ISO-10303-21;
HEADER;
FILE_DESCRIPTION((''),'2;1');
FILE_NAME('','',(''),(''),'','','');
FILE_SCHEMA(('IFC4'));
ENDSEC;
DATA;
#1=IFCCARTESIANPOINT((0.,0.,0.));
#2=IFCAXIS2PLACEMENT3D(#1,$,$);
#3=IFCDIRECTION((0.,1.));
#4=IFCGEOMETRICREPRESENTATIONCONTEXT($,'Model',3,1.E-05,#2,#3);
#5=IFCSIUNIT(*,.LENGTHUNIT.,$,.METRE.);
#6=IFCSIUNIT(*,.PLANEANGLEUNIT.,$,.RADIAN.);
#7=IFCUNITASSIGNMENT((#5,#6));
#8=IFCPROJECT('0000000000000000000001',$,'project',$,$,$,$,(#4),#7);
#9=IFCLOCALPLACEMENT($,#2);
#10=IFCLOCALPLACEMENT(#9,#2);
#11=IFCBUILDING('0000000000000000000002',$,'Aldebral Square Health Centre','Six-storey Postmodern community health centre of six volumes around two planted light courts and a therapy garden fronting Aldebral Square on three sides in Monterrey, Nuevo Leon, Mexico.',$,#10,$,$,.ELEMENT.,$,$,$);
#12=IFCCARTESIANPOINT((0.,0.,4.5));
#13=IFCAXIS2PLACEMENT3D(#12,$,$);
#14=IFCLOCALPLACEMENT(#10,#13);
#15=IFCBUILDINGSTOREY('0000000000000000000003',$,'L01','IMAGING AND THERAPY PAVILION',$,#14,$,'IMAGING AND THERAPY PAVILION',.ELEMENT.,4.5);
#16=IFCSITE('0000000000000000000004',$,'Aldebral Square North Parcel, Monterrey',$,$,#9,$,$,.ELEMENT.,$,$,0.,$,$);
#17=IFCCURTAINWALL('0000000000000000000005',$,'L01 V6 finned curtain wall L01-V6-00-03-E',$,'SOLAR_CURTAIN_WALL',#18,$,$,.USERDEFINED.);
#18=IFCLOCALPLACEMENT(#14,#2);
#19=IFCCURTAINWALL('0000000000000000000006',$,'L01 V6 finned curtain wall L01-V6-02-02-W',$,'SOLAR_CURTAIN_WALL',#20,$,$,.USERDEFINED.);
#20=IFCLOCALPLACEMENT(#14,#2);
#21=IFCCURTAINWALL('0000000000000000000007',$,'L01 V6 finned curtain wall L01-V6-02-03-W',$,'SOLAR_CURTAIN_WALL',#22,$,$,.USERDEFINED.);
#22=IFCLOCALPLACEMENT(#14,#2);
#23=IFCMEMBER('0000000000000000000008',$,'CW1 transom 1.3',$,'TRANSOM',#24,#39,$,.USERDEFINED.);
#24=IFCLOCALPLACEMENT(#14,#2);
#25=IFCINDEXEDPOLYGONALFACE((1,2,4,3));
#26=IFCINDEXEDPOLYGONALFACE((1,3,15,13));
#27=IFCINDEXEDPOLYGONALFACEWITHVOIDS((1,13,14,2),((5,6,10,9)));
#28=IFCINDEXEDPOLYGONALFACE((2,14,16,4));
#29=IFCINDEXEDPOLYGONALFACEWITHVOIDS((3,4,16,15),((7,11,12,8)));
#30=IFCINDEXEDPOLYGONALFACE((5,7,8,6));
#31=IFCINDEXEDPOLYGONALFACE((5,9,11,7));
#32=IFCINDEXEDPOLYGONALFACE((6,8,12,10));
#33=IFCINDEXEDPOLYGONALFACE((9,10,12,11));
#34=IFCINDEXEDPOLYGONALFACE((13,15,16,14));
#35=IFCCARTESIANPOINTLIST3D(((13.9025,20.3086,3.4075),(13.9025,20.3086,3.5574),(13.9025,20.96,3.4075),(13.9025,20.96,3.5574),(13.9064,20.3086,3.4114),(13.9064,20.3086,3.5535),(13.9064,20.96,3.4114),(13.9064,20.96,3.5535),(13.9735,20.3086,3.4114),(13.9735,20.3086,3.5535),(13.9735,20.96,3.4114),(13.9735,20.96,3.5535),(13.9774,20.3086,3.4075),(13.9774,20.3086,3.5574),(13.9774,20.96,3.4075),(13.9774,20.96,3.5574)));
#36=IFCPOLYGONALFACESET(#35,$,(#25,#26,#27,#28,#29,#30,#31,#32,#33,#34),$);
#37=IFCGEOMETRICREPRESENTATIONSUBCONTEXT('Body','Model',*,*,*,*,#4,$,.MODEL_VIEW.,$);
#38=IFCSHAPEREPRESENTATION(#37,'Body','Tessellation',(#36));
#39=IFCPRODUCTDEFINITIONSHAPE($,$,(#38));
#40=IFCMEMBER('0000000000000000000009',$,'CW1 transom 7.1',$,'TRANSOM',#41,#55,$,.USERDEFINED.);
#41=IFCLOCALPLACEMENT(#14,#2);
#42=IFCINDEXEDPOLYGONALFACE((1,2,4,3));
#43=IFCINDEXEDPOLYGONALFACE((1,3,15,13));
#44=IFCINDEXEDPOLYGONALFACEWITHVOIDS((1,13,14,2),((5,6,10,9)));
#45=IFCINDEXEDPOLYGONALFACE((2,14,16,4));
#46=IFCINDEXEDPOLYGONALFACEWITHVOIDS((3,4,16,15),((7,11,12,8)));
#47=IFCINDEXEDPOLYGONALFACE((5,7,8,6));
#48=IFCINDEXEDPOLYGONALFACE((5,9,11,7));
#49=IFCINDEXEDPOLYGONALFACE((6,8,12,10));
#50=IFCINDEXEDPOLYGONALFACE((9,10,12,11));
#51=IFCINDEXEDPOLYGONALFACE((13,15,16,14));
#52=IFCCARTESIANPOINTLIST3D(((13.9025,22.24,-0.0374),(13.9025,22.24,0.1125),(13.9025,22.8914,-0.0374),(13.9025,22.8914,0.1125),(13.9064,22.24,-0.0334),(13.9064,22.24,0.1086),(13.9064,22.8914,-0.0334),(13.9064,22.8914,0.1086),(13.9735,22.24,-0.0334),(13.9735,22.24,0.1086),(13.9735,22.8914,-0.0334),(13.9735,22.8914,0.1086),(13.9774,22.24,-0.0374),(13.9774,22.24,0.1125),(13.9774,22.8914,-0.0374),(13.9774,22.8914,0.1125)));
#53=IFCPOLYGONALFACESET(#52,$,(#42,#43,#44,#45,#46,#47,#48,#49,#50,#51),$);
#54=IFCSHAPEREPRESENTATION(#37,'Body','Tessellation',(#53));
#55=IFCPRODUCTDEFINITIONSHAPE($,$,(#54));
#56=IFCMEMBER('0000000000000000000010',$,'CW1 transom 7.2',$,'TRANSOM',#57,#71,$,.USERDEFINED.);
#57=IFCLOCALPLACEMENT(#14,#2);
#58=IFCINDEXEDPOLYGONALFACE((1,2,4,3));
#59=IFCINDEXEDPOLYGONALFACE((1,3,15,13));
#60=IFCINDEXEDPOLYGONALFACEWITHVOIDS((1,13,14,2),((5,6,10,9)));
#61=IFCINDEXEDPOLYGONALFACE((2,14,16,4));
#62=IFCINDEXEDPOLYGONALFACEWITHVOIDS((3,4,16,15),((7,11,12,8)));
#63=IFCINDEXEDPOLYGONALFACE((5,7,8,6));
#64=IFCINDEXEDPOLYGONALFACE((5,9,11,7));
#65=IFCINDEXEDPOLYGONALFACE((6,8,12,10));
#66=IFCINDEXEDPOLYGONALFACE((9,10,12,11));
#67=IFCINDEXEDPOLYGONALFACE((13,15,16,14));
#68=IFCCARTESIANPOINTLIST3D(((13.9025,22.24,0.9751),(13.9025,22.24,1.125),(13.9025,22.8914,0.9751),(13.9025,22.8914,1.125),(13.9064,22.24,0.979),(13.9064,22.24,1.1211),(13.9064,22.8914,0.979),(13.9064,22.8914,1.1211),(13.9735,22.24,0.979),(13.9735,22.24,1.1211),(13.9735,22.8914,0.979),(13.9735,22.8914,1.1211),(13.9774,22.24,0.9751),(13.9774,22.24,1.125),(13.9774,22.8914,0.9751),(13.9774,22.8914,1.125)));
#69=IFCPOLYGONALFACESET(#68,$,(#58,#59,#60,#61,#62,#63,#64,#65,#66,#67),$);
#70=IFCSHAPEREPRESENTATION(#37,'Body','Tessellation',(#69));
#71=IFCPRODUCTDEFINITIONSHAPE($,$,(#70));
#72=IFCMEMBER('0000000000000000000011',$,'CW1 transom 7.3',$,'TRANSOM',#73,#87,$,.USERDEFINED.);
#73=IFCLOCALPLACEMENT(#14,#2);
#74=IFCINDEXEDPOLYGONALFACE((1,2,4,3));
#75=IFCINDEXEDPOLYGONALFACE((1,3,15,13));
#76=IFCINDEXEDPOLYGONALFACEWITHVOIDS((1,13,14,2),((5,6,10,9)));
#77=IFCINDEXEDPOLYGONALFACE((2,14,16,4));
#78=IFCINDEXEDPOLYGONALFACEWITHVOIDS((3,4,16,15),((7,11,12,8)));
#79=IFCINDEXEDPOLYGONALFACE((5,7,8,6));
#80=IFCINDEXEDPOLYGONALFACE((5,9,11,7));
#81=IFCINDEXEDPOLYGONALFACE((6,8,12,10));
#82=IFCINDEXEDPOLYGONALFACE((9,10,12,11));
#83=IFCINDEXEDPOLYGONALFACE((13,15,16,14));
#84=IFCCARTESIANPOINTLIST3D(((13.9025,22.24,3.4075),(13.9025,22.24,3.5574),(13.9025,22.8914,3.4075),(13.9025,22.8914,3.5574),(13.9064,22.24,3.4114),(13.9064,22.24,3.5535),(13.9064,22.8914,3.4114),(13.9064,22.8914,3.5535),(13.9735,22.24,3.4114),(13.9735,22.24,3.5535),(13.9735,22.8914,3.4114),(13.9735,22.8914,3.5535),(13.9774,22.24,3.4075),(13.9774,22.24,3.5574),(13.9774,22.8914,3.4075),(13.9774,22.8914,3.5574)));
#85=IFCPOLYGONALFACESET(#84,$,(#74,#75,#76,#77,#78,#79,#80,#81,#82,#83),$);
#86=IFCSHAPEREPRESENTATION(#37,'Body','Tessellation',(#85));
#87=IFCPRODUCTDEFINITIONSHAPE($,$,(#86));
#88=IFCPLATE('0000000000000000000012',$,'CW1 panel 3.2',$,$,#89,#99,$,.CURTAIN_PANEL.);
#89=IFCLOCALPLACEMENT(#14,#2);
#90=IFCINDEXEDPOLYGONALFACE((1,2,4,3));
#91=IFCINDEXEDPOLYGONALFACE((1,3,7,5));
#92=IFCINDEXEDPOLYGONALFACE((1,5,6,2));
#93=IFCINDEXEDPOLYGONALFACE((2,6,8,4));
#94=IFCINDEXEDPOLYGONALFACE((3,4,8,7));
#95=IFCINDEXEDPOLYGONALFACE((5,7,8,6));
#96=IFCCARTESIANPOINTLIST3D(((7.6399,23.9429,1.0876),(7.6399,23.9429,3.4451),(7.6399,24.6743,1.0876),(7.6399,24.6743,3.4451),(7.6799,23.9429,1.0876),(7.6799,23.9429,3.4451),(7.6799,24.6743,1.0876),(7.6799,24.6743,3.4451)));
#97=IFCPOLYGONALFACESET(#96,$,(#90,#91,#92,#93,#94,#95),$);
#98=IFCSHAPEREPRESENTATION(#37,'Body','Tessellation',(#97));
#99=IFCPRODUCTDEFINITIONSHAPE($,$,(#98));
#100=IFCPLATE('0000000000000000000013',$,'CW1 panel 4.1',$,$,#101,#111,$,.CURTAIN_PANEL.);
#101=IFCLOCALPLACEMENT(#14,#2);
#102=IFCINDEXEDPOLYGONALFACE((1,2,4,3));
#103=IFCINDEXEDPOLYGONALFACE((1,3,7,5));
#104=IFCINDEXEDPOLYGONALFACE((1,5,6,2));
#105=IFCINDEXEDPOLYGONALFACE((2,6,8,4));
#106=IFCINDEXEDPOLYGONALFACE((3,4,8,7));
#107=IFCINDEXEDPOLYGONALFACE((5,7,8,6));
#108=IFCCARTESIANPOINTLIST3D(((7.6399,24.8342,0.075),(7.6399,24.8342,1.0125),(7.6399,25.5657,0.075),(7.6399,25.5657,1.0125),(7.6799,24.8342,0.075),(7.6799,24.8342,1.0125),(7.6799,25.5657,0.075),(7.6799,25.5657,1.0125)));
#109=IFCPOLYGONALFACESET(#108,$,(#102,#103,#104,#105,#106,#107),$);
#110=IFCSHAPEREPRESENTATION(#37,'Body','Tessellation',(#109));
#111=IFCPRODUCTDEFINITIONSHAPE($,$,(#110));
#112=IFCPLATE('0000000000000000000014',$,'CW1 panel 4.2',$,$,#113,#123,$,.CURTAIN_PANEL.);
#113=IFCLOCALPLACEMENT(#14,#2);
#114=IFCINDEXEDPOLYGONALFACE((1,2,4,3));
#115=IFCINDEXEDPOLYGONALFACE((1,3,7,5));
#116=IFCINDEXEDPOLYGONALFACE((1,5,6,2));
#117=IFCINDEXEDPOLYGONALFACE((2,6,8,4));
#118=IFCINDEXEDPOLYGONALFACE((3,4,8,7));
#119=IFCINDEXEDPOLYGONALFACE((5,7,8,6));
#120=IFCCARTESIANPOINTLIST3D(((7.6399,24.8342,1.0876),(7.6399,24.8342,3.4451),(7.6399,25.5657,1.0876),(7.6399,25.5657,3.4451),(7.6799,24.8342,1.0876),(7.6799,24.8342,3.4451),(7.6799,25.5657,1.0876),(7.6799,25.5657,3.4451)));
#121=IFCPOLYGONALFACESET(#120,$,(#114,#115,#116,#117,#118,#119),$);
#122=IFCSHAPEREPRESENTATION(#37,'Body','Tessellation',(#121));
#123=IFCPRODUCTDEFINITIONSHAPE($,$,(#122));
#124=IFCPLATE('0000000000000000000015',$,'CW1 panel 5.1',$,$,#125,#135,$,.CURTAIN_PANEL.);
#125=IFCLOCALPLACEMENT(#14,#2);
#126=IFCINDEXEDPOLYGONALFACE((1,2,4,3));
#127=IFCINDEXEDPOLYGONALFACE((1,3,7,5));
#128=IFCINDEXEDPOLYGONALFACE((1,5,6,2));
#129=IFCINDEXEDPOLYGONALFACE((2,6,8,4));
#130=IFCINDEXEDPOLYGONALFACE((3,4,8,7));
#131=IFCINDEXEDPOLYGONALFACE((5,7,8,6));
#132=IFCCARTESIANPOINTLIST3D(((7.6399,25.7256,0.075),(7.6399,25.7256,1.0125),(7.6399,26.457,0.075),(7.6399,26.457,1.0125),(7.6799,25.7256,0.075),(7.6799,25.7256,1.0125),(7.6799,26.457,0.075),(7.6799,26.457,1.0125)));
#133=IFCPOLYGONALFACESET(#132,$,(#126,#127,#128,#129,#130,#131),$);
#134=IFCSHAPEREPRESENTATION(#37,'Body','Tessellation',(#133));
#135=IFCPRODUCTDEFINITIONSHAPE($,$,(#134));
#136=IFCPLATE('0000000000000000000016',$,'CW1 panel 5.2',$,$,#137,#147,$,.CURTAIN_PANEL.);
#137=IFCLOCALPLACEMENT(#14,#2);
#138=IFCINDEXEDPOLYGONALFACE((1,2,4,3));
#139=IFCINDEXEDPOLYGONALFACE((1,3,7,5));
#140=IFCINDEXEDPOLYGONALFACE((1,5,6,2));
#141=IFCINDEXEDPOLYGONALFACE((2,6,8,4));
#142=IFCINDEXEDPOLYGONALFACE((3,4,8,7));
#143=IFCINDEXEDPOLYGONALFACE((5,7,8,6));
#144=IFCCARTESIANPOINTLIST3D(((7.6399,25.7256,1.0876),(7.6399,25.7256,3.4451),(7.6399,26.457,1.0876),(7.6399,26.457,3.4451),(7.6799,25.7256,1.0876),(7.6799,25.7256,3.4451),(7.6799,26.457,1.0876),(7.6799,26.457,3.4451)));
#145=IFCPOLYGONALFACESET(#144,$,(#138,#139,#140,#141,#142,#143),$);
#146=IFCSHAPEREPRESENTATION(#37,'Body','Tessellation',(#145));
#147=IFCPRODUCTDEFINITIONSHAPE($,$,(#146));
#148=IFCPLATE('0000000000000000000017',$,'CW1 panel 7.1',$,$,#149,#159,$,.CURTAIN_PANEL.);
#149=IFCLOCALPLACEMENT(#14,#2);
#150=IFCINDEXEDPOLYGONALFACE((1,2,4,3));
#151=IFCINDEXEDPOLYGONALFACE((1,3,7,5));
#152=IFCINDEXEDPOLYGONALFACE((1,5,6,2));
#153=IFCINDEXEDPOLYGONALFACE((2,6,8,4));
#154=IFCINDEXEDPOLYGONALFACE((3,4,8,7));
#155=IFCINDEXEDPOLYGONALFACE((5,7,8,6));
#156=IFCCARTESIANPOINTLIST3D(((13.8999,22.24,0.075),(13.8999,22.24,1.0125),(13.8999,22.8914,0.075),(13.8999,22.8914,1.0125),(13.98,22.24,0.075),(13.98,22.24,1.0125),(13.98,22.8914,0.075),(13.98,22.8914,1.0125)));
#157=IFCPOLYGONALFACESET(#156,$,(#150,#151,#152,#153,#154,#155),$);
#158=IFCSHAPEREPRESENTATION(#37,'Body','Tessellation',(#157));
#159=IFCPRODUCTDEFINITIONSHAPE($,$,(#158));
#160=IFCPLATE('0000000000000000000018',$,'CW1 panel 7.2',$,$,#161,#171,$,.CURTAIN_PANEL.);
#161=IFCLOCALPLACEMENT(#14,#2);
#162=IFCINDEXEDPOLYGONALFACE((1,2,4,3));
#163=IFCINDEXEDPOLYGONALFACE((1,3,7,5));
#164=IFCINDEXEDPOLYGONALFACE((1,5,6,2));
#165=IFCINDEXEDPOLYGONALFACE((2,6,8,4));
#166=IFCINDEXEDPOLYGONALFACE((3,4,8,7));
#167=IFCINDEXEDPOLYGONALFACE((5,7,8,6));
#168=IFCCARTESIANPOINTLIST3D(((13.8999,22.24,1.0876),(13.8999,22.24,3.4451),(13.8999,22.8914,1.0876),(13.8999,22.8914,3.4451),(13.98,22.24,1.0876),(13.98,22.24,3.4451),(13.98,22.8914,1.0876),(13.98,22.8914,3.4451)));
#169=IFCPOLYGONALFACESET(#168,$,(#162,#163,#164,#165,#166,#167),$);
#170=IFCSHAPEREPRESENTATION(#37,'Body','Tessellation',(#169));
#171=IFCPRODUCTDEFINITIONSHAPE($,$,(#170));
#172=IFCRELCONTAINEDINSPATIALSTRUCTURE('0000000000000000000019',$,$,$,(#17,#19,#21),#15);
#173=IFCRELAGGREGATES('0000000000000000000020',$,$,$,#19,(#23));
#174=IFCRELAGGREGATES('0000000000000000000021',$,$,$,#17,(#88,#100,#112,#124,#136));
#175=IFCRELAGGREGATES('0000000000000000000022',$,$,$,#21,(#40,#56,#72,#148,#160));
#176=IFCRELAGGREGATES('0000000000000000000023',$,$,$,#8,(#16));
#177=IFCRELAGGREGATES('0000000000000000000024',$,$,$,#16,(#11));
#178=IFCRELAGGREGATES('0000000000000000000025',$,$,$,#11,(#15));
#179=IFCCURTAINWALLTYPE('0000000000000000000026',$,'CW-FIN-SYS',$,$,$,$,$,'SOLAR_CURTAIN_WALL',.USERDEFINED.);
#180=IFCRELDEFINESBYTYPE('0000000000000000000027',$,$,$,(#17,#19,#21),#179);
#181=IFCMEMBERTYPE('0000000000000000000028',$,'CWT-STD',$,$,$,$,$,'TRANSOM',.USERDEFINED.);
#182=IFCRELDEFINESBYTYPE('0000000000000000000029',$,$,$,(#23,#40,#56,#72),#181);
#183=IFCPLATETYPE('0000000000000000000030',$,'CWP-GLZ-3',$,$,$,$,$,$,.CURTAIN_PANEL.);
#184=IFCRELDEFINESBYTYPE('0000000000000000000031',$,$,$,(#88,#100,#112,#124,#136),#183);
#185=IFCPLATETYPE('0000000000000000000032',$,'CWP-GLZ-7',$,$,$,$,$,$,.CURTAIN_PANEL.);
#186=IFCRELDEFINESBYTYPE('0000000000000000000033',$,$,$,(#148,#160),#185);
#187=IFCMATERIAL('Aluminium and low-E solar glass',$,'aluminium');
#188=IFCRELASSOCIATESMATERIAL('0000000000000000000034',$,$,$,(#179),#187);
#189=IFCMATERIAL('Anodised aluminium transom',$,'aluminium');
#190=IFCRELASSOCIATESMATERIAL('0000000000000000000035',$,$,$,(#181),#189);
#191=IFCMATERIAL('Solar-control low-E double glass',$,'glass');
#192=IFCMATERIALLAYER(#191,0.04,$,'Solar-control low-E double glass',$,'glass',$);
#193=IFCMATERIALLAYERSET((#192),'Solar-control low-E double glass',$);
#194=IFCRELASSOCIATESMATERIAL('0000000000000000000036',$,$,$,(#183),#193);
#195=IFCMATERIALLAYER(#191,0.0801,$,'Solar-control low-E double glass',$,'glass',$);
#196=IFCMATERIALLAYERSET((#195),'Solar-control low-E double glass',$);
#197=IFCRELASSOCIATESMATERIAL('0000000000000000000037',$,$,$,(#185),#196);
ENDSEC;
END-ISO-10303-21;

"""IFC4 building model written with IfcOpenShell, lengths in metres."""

from ifc_helpers import new_model, si_unit, direction, frame, origin, origin_2d, place, context, subcontext, project, spatial, rectangle, hollow_rectangle, extrude, material, layer, layer_set, material_profile, profile_set, type_object, element, aggregate, save


model = new_model("IFC4")

# Units and contexts
model_context = context("Model", 3, precision=1e-05, world=origin(), true_north=direction((0.0, 1.0)))
body_context = subcontext(model_context, "Body", "Model", "MODEL_VIEW")
ifc_project = project(units=[si_unit("LENGTHUNIT", "METRE"), si_unit("PLANEANGLEUNIT", "RADIAN")], contexts=[model_context])

# Site, building, storey
site_placement = place(None, origin())
site = spatial("IfcSite", under=ifc_project, at=site_placement, Name="Aldebral Square North Parcel, Monterrey", CompositionType="ELEMENT", RefElevation=0.0)
building_placement = place(site_placement, origin())
building = spatial("IfcBuilding", under=site, at=building_placement, Name="Aldebral Square Health Centre", Description="Six-storey Postmodern community health centre of six volumes around two planted light courts and a therapy garden fronting Aldebral Square on three sides in Monterrey, Nuevo Leon, Mexico.", CompositionType="ELEMENT")
storey_placement = place(building_placement, frame((0.0, 0.0, 4.5)))
storey = spatial("IfcBuildingStorey", under=building, at=storey_placement, Name="L01", Description="IMAGING AND THERAPY PAVILION", LongName="IMAGING AND THERAPY PAVILION", CompositionType="ELEMENT", Elevation=4.5)

# Curtain wall
ifc_material_1 = material(Name="Aluminium and low-E solar glass", Category="aluminium")
curtain_wall_type = type_object("IfcCurtainWallType", Name="CW-FIN-SYS", ElementType="SOLAR_CURTAIN_WALL", PredefinedType="USERDEFINED", material=ifc_material_1)
curtain_wall_1_placement = place(storey_placement, origin())
curtain_wall_1 = element("IfcCurtainWall", 1, at=curtain_wall_1_placement, inside=storey, type_object=curtain_wall_type, Name="L01 V6 finned curtain wall L01-V6-00-03-E", ObjectType="SOLAR_CURTAIN_WALL", PredefinedType="USERDEFINED")

# Curtain wall
curtain_wall_2_placement = place(storey_placement, origin())
curtain_wall_2 = element("IfcCurtainWall", 2, at=curtain_wall_2_placement, inside=storey, type_object=curtain_wall_type, Name="L01 V6 finned curtain wall L01-V6-02-02-W", ObjectType="SOLAR_CURTAIN_WALL", PredefinedType="USERDEFINED")

# Curtain wall
curtain_wall_3_placement = place(storey_placement, origin())
curtain_wall_3 = element("IfcCurtainWall", 3, at=curtain_wall_3_placement, inside=storey, type_object=curtain_wall_type, Name="L01 V6 finned curtain wall L01-V6-02-03-W", ObjectType="SOLAR_CURTAIN_WALL", PredefinedType="USERDEFINED")

# Members
ifc_material_2 = material(Name="Anodised aluminium transom", Category="aluminium")
ifc_material_profile_1 = material_profile(ifc_material_2, hollow_rectangle(XDim=0.075, YDim=0.1499, WallThickness=0.0039, at=origin_2d()), Name="CWT 75x150x4")
ifc_profile_set_1 = profile_set([ifc_material_profile_1], Name="Anodised aluminium transom")
member_type_1 = type_object("IfcMemberType", Name="CWT-STD", ElementType="TRANSOM", PredefinedType="USERDEFINED", material=ifc_profile_set_1)
member_1_placement = place(storey_placement, frame((13.9399, 20.96, 3.4824), z_axis=(0.0, -1.0, 0.0), x_axis=(1.0, 0.0, 0.0)))
member_1 = element("IfcMember", 4, at=member_1_placement, type_object=member_type_1, Name="CW1 transom 1.3", ObjectType="TRANSOM", PredefinedType="USERDEFINED", context=body_context, shape_type="SweptSolid", body=[
    extrude(hollow_rectangle(XDim=0.075, YDim=0.1499, WallThickness=0.0039, at=origin_2d()), origin(), (0.0, 0.0, 1.0), 0.6514),
])
aggregate(curtain_wall_2, [member_1])
member_2_placement = place(storey_placement, frame((13.9399, 22.8914, 0.0376), z_axis=(0.0, -1.0, 0.0), x_axis=(1.0, 0.0, 0.0)))
member_2 = element("IfcMember", 5, at=member_2_placement, type_object=member_type_1, Name="CW1 transom 7.1", ObjectType="TRANSOM", PredefinedType="USERDEFINED", context=body_context, shape_type="SweptSolid", body=[
    extrude(hollow_rectangle(XDim=0.075, YDim=0.1499, WallThickness=0.0039, at=origin_2d()), origin(), (0.0, 0.0, 1.0), 0.6514),
])
member_3_placement = place(storey_placement, frame((13.9399, 22.8914, 1.05), z_axis=(0.0, -1.0, 0.0), x_axis=(1.0, 0.0, 0.0)))
member_3 = element("IfcMember", 6, at=member_3_placement, type_object=member_type_1, Name="CW1 transom 7.2", ObjectType="TRANSOM", PredefinedType="USERDEFINED", context=body_context, shape_type="SweptSolid", body=[
    extrude(hollow_rectangle(XDim=0.075, YDim=0.1499, WallThickness=0.0039, at=origin_2d()), origin(), (0.0, 0.0, 1.0), 0.6514),
])
member_4_placement = place(storey_placement, frame((13.9399, 22.8914, 3.4824), z_axis=(0.0, -1.0, 0.0), x_axis=(1.0, 0.0, 0.0)))
member_4 = element("IfcMember", 7, at=member_4_placement, type_object=member_type_1, Name="CW1 transom 7.3", ObjectType="TRANSOM", PredefinedType="USERDEFINED", context=body_context, shape_type="SweptSolid", body=[
    extrude(hollow_rectangle(XDim=0.075, YDim=0.1499, WallThickness=0.0039, at=origin_2d()), origin(), (0.0, 0.0, 1.0), 0.6514),
])

# Plates
ifc_material_3 = material(Name="Solar-control low-E double glass", Category="glass")
ifc_layer_1 = layer(ifc_material_3, 0.04, Name="Solar-control low-E double glass", Category="glass")
ifc_layer_set_1 = layer_set([ifc_layer_1], Name="Solar-control low-E double glass")
plate_type_1 = type_object("IfcPlateType", Name="CWP-GLZ-3", PredefinedType="CURTAIN_PANEL", material=ifc_layer_set_1)
plate_1_placement = place(storey_placement, frame((7.6599, 24.3086, 1.0876), z_axis=(0.0, 0.0, 1.0), x_axis=(0.0, 1.0, 0.0)))
plate_1 = element("IfcPlate", 8, at=plate_1_placement, type_object=plate_type_1, Name="CW1 panel 3.2", PredefinedType="CURTAIN_PANEL", context=body_context, shape_type="SweptSolid", body=[
    extrude(rectangle(XDim=0.7314, YDim=0.04, at=origin_2d()), origin(), (0.0, 0.0, 1.0), 2.3574),
])
plate_2_placement = place(storey_placement, frame((7.6599, 25.2, 0.075), z_axis=(0.0, 0.0, 1.0), x_axis=(0.0, 1.0, 0.0)))
plate_2 = element("IfcPlate", 9, at=plate_2_placement, type_object=plate_type_1, Name="CW1 panel 4.1", PredefinedType="CURTAIN_PANEL", context=body_context, shape_type="SweptSolid", body=[
    extrude(rectangle(XDim=0.7314, YDim=0.04, at=origin_2d()), origin(), (0.0, 0.0, 1.0), 0.9375),
])
plate_3_placement = place(storey_placement, frame((7.6599, 25.2, 1.0876), z_axis=(0.0, 0.0, 1.0), x_axis=(0.0, 1.0, 0.0)))
plate_3 = element("IfcPlate", 10, at=plate_3_placement, type_object=plate_type_1, Name="CW1 panel 4.2", PredefinedType="CURTAIN_PANEL", context=body_context, shape_type="SweptSolid", body=[
    extrude(rectangle(XDim=0.7314, YDim=0.04, at=origin_2d()), origin(), (0.0, 0.0, 1.0), 2.3574),
])
plate_4_placement = place(storey_placement, frame((7.6599, 26.0913, 0.075), z_axis=(0.0, 0.0, 1.0), x_axis=(0.0, 1.0, 0.0)))
plate_4 = element("IfcPlate", 11, at=plate_4_placement, type_object=plate_type_1, Name="CW1 panel 5.1", PredefinedType="CURTAIN_PANEL", context=body_context, shape_type="SweptSolid", body=[
    extrude(rectangle(XDim=0.7314, YDim=0.04, at=origin_2d()), origin(), (0.0, 0.0, 1.0), 0.9375),
])
plate_5_placement = place(storey_placement, frame((7.6599, 26.0913, 1.0876), z_axis=(0.0, 0.0, 1.0), x_axis=(0.0, 1.0, 0.0)))
plate_5 = element("IfcPlate", 12, at=plate_5_placement, type_object=plate_type_1, Name="CW1 panel 5.2", PredefinedType="CURTAIN_PANEL", context=body_context, shape_type="SweptSolid", body=[
    extrude(rectangle(XDim=0.7314, YDim=0.04, at=origin_2d()), origin(), (0.0, 0.0, 1.0), 2.3574),
])
aggregate(curtain_wall_1, [plate_1, plate_2, plate_3, plate_4, plate_5])
ifc_layer_2 = layer(ifc_material_3, 0.0801, Name="Solar-control low-E double glass", Category="glass")
ifc_layer_set_2 = layer_set([ifc_layer_2], Name="Solar-control low-E double glass")
plate_type_2 = type_object("IfcPlateType", Name="CWP-GLZ-7", PredefinedType="CURTAIN_PANEL", material=ifc_layer_set_2)
plate_6_placement = place(storey_placement, frame((13.9399, 22.5657, 0.075), z_axis=(0.0, 0.0, 1.0), x_axis=(0.0, -1.0, 0.0)))
plate_6 = element("IfcPlate", 13, at=plate_6_placement, type_object=plate_type_2, Name="CW1 panel 7.1", PredefinedType="CURTAIN_PANEL", context=body_context, shape_type="SweptSolid", body=[
    extrude(rectangle(XDim=0.6514, YDim=0.0801, at=origin_2d()), origin(), (0.0, 0.0, 1.0), 0.9375),
])
plate_7_placement = place(storey_placement, frame((13.9399, 22.5657, 1.0876), z_axis=(0.0, 0.0, 1.0), x_axis=(0.0, -1.0, 0.0)))
plate_7 = element("IfcPlate", 14, at=plate_7_placement, type_object=plate_type_2, Name="CW1 panel 7.2", PredefinedType="CURTAIN_PANEL", context=body_context, shape_type="SweptSolid", body=[
    extrude(rectangle(XDim=0.6514, YDim=0.0801, at=origin_2d()), origin(), (0.0, 0.0, 1.0), 2.3574),
])
aggregate(curtain_wall_3, [member_2, member_3, member_4, plate_6, plate_7])

save(model, "model.ifc")
